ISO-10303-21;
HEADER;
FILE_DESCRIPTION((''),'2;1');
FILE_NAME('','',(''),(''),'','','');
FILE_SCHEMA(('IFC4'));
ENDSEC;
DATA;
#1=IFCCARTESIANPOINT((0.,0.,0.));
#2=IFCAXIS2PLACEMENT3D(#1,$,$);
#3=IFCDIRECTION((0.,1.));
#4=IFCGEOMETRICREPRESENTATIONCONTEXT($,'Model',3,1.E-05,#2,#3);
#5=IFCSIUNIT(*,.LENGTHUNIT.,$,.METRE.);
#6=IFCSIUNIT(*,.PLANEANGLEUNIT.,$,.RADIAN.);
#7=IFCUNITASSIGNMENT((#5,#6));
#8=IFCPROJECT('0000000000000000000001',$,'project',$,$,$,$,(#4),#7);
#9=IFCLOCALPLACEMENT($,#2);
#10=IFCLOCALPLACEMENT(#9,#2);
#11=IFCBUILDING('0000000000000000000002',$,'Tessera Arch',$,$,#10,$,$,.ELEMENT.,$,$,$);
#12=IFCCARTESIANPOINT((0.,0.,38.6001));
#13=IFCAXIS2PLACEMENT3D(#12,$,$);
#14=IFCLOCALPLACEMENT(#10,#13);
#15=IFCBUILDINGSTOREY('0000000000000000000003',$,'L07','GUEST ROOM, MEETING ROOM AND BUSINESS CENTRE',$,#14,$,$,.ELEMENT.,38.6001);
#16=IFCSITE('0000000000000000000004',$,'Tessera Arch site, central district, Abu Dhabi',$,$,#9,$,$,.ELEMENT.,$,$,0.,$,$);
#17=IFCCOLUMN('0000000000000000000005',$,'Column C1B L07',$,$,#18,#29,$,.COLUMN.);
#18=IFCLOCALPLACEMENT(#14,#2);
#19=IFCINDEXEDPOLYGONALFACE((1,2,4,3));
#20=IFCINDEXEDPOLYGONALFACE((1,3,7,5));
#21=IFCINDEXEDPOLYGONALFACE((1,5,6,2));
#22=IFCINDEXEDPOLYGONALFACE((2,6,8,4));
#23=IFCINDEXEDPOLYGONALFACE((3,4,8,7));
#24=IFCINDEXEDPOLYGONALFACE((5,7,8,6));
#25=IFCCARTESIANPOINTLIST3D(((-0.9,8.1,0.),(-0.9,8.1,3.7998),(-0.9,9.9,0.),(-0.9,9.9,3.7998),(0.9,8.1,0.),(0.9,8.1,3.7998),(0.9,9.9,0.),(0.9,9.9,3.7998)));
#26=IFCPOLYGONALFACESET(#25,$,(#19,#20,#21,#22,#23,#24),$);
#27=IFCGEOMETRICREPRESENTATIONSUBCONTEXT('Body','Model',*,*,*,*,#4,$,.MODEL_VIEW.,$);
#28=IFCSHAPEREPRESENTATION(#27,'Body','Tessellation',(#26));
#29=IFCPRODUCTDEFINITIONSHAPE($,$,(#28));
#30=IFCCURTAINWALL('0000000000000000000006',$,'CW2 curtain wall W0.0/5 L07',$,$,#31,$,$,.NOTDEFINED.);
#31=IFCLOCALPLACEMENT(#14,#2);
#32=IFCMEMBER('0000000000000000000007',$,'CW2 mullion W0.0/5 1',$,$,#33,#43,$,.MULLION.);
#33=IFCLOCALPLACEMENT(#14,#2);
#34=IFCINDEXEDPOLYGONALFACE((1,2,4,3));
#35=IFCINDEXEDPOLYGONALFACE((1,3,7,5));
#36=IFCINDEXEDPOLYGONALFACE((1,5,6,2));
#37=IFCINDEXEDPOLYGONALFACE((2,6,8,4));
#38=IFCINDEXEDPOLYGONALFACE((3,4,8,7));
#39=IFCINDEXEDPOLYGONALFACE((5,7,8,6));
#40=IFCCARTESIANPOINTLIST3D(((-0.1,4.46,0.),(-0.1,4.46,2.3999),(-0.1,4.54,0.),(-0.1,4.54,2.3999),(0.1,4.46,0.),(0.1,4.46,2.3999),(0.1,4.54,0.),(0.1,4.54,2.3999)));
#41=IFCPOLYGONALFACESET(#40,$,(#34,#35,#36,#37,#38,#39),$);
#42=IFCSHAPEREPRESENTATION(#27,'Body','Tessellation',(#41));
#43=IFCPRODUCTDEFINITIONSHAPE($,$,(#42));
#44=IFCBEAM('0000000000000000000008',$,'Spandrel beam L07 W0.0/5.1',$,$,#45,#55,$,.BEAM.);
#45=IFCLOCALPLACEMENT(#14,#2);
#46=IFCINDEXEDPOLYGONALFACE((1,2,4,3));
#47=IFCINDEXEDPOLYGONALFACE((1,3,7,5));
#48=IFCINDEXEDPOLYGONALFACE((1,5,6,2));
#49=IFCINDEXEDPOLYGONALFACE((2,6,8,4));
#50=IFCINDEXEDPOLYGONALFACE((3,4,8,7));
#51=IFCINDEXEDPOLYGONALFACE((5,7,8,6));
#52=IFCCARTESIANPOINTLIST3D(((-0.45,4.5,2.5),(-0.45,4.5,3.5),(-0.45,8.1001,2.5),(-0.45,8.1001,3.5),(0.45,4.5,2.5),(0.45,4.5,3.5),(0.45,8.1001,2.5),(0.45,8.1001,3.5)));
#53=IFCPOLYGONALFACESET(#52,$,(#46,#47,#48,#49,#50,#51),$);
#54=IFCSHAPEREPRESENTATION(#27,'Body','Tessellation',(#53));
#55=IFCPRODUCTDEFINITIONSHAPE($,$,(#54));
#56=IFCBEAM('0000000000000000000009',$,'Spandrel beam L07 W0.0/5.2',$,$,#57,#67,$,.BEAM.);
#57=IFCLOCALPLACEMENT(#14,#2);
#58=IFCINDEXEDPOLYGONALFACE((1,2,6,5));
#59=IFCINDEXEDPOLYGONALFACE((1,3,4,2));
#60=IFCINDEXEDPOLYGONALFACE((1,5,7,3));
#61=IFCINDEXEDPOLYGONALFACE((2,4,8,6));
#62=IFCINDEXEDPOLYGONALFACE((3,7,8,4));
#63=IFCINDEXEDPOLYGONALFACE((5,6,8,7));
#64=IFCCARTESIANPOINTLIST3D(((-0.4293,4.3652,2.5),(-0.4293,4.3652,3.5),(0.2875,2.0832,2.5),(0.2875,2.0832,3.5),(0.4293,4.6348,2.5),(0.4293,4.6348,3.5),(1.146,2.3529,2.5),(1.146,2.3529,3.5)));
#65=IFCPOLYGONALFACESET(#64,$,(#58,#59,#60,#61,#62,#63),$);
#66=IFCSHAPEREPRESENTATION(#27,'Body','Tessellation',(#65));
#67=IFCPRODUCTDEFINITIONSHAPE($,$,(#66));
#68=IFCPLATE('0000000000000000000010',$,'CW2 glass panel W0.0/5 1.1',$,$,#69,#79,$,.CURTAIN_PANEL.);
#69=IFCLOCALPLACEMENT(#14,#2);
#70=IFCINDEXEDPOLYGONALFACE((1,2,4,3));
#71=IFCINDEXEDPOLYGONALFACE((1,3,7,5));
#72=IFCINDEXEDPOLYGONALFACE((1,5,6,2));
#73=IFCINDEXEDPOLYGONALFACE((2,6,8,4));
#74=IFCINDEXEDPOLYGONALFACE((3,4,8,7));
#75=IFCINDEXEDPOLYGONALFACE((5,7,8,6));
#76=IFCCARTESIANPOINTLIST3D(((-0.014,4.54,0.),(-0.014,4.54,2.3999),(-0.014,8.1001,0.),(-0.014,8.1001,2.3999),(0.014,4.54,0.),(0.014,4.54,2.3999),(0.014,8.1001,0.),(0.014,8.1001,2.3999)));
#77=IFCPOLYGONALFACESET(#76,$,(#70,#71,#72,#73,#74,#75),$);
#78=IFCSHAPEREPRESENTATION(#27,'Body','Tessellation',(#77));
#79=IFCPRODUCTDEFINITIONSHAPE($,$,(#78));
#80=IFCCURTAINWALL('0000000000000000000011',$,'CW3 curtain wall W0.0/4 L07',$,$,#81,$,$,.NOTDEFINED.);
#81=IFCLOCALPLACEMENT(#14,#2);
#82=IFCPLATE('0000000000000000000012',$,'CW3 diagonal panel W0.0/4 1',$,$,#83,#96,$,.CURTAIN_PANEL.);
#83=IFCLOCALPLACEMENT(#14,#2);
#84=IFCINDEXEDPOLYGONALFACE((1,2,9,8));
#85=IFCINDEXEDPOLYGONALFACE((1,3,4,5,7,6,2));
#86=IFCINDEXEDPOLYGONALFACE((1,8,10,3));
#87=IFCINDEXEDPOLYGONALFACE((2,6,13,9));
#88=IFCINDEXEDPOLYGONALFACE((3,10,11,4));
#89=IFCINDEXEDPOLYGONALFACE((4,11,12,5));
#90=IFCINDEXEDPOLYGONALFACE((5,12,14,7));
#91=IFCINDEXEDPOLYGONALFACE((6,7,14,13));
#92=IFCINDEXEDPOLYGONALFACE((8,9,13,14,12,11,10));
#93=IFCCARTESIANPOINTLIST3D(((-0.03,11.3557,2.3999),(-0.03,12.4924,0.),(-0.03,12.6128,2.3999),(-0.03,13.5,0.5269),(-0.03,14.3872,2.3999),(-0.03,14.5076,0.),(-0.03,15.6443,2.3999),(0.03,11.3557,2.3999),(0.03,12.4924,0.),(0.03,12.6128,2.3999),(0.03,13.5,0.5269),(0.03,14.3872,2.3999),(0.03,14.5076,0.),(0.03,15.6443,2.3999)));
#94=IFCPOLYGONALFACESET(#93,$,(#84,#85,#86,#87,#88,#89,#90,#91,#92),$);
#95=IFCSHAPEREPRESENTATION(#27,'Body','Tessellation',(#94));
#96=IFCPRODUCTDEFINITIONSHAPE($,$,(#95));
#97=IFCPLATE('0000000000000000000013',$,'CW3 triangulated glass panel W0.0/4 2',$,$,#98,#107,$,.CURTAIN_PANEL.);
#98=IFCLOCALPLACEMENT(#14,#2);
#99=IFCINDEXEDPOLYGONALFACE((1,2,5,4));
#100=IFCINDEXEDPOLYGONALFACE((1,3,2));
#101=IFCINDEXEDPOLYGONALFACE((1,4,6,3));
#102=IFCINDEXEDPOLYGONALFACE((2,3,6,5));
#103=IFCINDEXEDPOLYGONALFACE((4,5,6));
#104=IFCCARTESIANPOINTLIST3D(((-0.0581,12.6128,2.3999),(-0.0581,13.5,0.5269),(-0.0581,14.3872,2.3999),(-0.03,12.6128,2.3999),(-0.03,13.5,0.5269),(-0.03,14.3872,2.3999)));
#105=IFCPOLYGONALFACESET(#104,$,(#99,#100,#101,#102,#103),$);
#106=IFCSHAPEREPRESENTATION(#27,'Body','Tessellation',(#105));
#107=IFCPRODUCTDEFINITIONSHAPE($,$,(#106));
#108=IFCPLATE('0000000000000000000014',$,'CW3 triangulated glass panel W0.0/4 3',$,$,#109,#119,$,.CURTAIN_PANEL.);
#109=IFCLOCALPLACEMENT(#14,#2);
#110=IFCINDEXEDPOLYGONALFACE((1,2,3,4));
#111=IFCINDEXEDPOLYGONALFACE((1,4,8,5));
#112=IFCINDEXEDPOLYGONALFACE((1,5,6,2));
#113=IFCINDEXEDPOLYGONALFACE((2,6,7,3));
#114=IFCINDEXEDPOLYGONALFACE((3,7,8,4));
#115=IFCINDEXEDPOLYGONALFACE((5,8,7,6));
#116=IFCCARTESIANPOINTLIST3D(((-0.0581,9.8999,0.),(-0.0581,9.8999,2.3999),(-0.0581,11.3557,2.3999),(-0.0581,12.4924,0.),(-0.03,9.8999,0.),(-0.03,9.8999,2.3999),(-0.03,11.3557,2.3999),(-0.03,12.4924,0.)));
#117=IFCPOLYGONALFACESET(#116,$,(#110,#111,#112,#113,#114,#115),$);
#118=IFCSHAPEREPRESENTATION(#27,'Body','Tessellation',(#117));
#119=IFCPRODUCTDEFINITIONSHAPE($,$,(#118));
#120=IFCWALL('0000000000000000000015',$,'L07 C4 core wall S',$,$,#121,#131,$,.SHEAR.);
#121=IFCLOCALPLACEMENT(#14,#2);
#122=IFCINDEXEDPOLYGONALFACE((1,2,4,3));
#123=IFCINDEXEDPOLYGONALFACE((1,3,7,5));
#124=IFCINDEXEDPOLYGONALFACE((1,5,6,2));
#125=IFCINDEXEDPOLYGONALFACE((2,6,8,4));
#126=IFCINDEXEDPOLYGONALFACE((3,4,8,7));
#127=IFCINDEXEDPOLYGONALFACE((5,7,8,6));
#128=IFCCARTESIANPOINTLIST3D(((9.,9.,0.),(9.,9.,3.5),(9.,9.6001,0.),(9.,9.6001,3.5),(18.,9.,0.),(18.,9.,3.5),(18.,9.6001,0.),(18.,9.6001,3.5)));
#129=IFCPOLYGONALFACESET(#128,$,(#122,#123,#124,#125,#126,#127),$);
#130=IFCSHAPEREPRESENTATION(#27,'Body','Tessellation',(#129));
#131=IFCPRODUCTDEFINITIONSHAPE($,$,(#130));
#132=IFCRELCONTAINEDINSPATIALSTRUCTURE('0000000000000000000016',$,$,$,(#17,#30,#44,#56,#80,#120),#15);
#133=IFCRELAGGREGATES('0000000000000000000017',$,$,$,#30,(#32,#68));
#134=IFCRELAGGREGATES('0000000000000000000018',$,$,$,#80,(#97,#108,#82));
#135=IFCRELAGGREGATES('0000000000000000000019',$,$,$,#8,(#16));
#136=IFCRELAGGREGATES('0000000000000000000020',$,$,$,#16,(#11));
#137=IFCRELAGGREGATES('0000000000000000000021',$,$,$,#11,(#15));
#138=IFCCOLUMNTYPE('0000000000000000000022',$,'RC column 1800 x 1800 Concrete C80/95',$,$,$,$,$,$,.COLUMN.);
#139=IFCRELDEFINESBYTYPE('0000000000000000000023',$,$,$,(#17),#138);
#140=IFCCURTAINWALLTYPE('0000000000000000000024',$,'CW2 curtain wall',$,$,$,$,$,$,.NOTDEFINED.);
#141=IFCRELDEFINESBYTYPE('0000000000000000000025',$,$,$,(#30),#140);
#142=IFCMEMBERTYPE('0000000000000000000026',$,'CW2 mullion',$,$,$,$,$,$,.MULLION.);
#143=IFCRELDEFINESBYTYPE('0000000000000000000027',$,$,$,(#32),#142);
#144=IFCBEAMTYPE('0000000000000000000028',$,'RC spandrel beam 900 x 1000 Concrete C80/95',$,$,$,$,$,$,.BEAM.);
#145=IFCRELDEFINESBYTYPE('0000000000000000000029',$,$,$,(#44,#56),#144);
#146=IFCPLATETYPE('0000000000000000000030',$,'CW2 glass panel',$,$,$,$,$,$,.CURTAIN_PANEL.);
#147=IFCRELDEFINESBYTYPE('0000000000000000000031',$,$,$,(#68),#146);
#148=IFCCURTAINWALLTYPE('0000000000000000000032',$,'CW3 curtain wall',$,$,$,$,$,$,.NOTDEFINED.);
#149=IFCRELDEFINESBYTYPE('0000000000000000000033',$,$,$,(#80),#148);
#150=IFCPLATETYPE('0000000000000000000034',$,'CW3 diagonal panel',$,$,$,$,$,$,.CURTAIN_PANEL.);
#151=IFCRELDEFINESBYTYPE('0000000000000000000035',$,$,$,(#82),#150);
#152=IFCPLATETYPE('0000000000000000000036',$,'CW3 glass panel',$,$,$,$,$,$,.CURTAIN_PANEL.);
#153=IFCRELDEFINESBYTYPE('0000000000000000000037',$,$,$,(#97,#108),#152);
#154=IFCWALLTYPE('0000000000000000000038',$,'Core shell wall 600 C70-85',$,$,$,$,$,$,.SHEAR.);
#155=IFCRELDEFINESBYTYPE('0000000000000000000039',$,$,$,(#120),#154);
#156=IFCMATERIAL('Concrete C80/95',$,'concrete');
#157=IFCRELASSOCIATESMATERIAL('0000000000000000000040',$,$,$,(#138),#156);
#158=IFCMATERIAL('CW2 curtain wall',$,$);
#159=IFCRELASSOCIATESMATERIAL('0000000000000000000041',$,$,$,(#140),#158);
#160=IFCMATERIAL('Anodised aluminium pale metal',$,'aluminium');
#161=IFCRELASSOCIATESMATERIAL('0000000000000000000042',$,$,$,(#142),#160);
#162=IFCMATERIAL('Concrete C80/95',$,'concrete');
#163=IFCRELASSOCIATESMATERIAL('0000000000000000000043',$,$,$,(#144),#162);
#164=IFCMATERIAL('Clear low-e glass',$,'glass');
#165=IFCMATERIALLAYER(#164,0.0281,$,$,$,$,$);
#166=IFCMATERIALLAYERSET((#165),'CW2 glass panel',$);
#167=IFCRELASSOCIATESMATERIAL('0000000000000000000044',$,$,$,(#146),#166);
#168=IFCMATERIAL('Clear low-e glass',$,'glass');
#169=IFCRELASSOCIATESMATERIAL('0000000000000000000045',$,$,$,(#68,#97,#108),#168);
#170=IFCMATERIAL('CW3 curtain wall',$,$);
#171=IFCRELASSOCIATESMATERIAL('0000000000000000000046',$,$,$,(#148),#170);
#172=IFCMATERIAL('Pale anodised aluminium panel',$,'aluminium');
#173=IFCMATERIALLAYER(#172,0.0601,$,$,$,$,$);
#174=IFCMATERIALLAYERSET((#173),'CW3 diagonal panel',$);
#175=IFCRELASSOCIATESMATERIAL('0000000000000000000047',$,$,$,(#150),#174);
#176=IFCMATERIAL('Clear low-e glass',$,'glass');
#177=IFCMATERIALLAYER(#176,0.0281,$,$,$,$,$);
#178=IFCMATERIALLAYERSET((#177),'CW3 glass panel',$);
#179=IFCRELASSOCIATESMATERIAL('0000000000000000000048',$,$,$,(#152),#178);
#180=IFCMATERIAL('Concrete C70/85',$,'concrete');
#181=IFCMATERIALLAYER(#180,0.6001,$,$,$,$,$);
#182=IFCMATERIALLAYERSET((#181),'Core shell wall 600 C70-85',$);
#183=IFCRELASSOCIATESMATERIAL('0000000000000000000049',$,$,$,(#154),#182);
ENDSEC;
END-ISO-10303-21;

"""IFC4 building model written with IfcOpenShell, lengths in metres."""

from ifc_helpers import new_model, si_unit, direction, frame, frame_2d, origin, origin_2d, place, context, subcontext, project, spatial, polyline, rectangle, outline, extrude, material, layer, layer_set, material_profile, profile_set, type_object, element, aggregate, save


model = new_model("IFC4")

# Units and contexts
model_context = context("Model", 3, precision=1e-05, world=origin(), true_north=direction((0.0, 1.0)))
body_context = subcontext(model_context, "Body", "Model", "MODEL_VIEW")
ifc_project = project(units=[si_unit("LENGTHUNIT", "METRE"), si_unit("PLANEANGLEUNIT", "RADIAN")], contexts=[model_context])

# Site, building, storey
site_placement = place(None, origin())
site = spatial("IfcSite", under=ifc_project, at=site_placement, Name="Tessera Arch site, central district, Abu Dhabi", CompositionType="ELEMENT", RefElevation=0.0)
building_placement = place(site_placement, origin())
building = spatial("IfcBuilding", under=site, at=building_placement, Name="Tessera Arch", CompositionType="ELEMENT")
storey_placement = place(building_placement, frame((0.0, 0.0, 38.6001)))
storey = spatial("IfcBuildingStorey", under=building, at=storey_placement, Name="L07", Description="GUEST ROOM, MEETING ROOM AND BUSINESS CENTRE", CompositionType="ELEMENT", Elevation=38.6001)

# Column
ifc_material_1 = material(Name="Concrete C80/95", Category="concrete")
ifc_material_profile_1 = material_profile(ifc_material_1, rectangle(XDim=1.8, YDim=1.8, at=origin_2d()), Name="RC column 1800 x 1800 Concrete C80/95")
ifc_profile_set_1 = profile_set([ifc_material_profile_1], Name="Concrete C80/95")
column_type = type_object("IfcColumnType", Name="RC column 1800 x 1800 Concrete C80/95", PredefinedType="COLUMN", material=ifc_profile_set_1)
column_placement = place(storey_placement, frame((0.0, 9.0, 0.0), z_axis=(0.0, 0.0, 1.0), x_axis=(1.0, 0.0, 0.0)))
element("IfcColumn", 1, at=column_placement, inside=storey, type_object=column_type, Name="Column C1B L07", PredefinedType="COLUMN", context=body_context, shape_type="SweptSolid", body=[
    extrude(rectangle(XDim=1.8, YDim=1.8, at=origin_2d()), origin(), (0.0, 0.0, 1.0), 3.7998),
])

# Curtain wall, member
ifc_material_2 = material(Name="CW2 curtain wall")
curtain_wall_type_1 = type_object("IfcCurtainWallType", Name="CW2 curtain wall", PredefinedType="NOTDEFINED", material=ifc_material_2)
curtain_wall_1_placement = place(storey_placement, origin())
curtain_wall_1 = element("IfcCurtainWall", 2, at=curtain_wall_1_placement, inside=storey, type_object=curtain_wall_type_1, Name="CW2 curtain wall W0.0/5 L07", PredefinedType="NOTDEFINED")
ifc_material_3 = material(Name="Anodised aluminium pale metal", Category="aluminium")
ifc_material_profile_2 = material_profile(ifc_material_3, rectangle(XDim=0.2, YDim=0.0801, at=origin_2d()), Name="AL 80x200")
ifc_profile_set_2 = profile_set([ifc_material_profile_2], Name="Anodised aluminium pale metal")
member_type = type_object("IfcMemberType", Name="CW2 mullion", PredefinedType="MULLION", material=ifc_profile_set_2)
member_placement = place(storey_placement, frame((0.0, 4.5, 0.0), z_axis=(0.0, 0.0, 1.0), x_axis=(1.0, 0.0, 0.0)))
member = element("IfcMember", 3, at=member_placement, type_object=member_type, Name="CW2 mullion W0.0/5 1", PredefinedType="MULLION", context=body_context, shape_type="SweptSolid", body=[
    extrude(rectangle(XDim=0.2, YDim=0.0801, at=origin_2d()), origin(), (0.0, 0.0, 1.0), 2.3999),
])

# Beams
ifc_material_4 = material(Name="Concrete C80/95", Category="concrete")
ifc_material_profile_3 = material_profile(ifc_material_4, rectangle(XDim=0.8999, YDim=1.0, at=origin_2d()), Name="RC spandrel beam 900 x 1000 Concrete C80/95")
ifc_profile_set_3 = profile_set([ifc_material_profile_3], Name="Concrete C80/95")
beam_type = type_object("IfcBeamType", Name="RC spandrel beam 900 x 1000 Concrete C80/95", PredefinedType="BEAM", material=ifc_profile_set_3)
beam_1_placement = place(storey_placement, frame((0.0, 8.1001, 3.0), z_axis=(0.0, -1.0, 0.0), x_axis=(1.0, 0.0, 0.0)))
element("IfcBeam", 4, at=beam_1_placement, inside=storey, type_object=beam_type, Name="Spandrel beam L07 W0.0/5.1", PredefinedType="BEAM", context=body_context, shape_type="SweptSolid", body=[
    extrude(rectangle(XDim=0.8999, YDim=1.0, at=origin_2d()), origin(), (0.0, 0.0, 1.0), 3.6001),
])
beam_2_placement = place(storey_placement, frame((0.0, 4.5, 3.0), z_axis=(0.299675, -0.954041, 0.0), x_axis=(0.954041, 0.299675, 0.0)))
element("IfcBeam", 5, at=beam_2_placement, inside=storey, type_object=beam_type, Name="Spandrel beam L07 W0.0/5.2", PredefinedType="BEAM", context=body_context, shape_type="SweptSolid", body=[
    extrude(rectangle(XDim=0.8999, YDim=1.0, at=origin_2d()), origin(), (0.0, 0.0, 1.0), 2.3918),
])

# Plate
ifc_material_5 = material(Name="Clear low-e glass", Category="glass")
ifc_material_6 = material(Name="Clear low-e glass", Category="glass")
ifc_layer_1 = layer(ifc_material_6, 0.0281)
ifc_layer_set_1 = layer_set([ifc_layer_1], Name="CW2 glass panel")
plate_type_1 = type_object("IfcPlateType", Name="CW2 glass panel", PredefinedType="CURTAIN_PANEL", material=ifc_layer_set_1)
plate_1_placement = place(storey_placement, frame((0.0, 6.3201, 0.0), z_axis=(0.0, 0.0, 1.0), x_axis=(0.0, -1.0, 0.0)))
plate_1 = element("IfcPlate", 6, at=plate_1_placement, type_object=plate_type_1, material=ifc_material_5, Name="CW2 glass panel W0.0/5 1.1", PredefinedType="CURTAIN_PANEL", context=body_context, shape_type="SweptSolid", body=[
    extrude(rectangle(XDim=3.5601, YDim=0.0281, at=origin_2d()), origin(), (0.0, 0.0, 1.0), 2.3999),
])
aggregate(curtain_wall_1, [member, plate_1])

# Curtain wall, plates
ifc_material_7 = material(Name="CW3 curtain wall")
curtain_wall_type_2 = type_object("IfcCurtainWallType", Name="CW3 curtain wall", PredefinedType="NOTDEFINED", material=ifc_material_7)
curtain_wall_2_placement = place(storey_placement, origin())
curtain_wall_2 = element("IfcCurtainWall", 7, at=curtain_wall_2_placement, inside=storey, type_object=curtain_wall_type_2, Name="CW3 curtain wall W0.0/4 L07", PredefinedType="NOTDEFINED")
ifc_material_8 = material(Name="Pale anodised aluminium panel", Category="aluminium")
ifc_layer_2 = layer(ifc_material_8, 0.0601)
ifc_layer_set_2 = layer_set([ifc_layer_2], Name="CW3 diagonal panel")
plate_type_2 = type_object("IfcPlateType", Name="CW3 diagonal panel", PredefinedType="CURTAIN_PANEL", material=ifc_layer_set_2)
plate_2_placement = place(storey_placement, frame((-0.03, 11.3557, 2.3999), z_axis=(-1.0, 0.0, 0.0), x_axis=(0.0, 1.0, 0.0)))
plate_2 = element("IfcPlate", 8, at=plate_2_placement, type_object=plate_type_2, Name="CW3 diagonal panel W0.0/4 1", PredefinedType="CURTAIN_PANEL", context=body_context, shape_type="SweptSolid", body=[
    extrude(outline(polyline([(0.0, 0.0), (1.2571, 0.0), (2.1443, 1.873), (3.0315, 0.0), (4.2886, 0.0), (3.1519, 2.3999), (1.1367, 2.3999), (0.0, 0.0)])), origin(), (0.0, 0.0, -1.0), 0.0601),
])
ifc_material_9 = material(Name="Clear low-e glass", Category="glass")
ifc_layer_3 = layer(ifc_material_9, 0.0281)
ifc_layer_set_3 = layer_set([ifc_layer_3], Name="CW3 glass panel")
plate_type_3 = type_object("IfcPlateType", Name="CW3 glass panel", PredefinedType="CURTAIN_PANEL", material=ifc_layer_set_3)
plate_3_placement = place(storey_placement, frame((-0.0581, 12.6128, 2.3999), z_axis=(-1.0, 0.0, 0.0), x_axis=(0.0, 1.0, 0.0)))
plate_3 = element("IfcPlate", 9, at=plate_3_placement, type_object=plate_type_3, material=ifc_material_5, Name="CW3 triangulated glass panel W0.0/4 2", PredefinedType="CURTAIN_PANEL", context=body_context, shape_type="SweptSolid", body=[
    extrude(outline(polyline([(0.0, 0.0), (1.7744, 0.0), (0.8872, 1.873), (0.0, 0.0)])), origin(), (0.0, 0.0, -1.0), 0.0281),
])
plate_4_placement = place(storey_placement, frame((-0.0581, 9.8999, 2.3999), z_axis=(-1.0, 0.0, 0.0), x_axis=(0.0, 1.0, 0.0)))
plate_4 = element("IfcPlate", 10, at=plate_4_placement, type_object=plate_type_3, material=ifc_material_5, Name="CW3 triangulated glass panel W0.0/4 3", PredefinedType="CURTAIN_PANEL", context=body_context, shape_type="SweptSolid", body=[
    extrude(outline(polyline([(0.0, 0.0), (1.4558, 0.0), (2.5925, 2.3999), (0.0, 2.3999), (0.0, 0.0)])), origin(), (0.0, 0.0, -1.0), 0.0281),
])
aggregate(curtain_wall_2, [plate_3, plate_4, plate_2])

# Wall
ifc_material_10 = material(Name="Concrete C70/85", Category="concrete")
ifc_layer_4 = layer(ifc_material_10, 0.6001)
ifc_layer_set_4 = layer_set([ifc_layer_4], Name="Core shell wall 600 C70-85")
wall_type_1 = type_object("IfcWallType", Name="Core shell wall 600 C70-85", PredefinedType="SHEAR", material=ifc_layer_set_4)
wall_1_placement = place(storey_placement, frame((9.0, 9.3, 0.0), z_axis=(0.0, 0.0, 1.0), x_axis=(1.0, 0.0, 0.0)))
element("IfcWall", 11, at=wall_1_placement, inside=storey, type_object=wall_type_1, Name="L07 C4 core wall S", PredefinedType="SHEAR", context=body_context, shape_type="SweptSolid", body=[
    extrude(rectangle(XDim=9.0, YDim=0.6001, at=frame_2d((4.5, 0.0))), origin(), (0.0, 0.0, 1.0), 3.5),
])

save(model, "model.ifc")
